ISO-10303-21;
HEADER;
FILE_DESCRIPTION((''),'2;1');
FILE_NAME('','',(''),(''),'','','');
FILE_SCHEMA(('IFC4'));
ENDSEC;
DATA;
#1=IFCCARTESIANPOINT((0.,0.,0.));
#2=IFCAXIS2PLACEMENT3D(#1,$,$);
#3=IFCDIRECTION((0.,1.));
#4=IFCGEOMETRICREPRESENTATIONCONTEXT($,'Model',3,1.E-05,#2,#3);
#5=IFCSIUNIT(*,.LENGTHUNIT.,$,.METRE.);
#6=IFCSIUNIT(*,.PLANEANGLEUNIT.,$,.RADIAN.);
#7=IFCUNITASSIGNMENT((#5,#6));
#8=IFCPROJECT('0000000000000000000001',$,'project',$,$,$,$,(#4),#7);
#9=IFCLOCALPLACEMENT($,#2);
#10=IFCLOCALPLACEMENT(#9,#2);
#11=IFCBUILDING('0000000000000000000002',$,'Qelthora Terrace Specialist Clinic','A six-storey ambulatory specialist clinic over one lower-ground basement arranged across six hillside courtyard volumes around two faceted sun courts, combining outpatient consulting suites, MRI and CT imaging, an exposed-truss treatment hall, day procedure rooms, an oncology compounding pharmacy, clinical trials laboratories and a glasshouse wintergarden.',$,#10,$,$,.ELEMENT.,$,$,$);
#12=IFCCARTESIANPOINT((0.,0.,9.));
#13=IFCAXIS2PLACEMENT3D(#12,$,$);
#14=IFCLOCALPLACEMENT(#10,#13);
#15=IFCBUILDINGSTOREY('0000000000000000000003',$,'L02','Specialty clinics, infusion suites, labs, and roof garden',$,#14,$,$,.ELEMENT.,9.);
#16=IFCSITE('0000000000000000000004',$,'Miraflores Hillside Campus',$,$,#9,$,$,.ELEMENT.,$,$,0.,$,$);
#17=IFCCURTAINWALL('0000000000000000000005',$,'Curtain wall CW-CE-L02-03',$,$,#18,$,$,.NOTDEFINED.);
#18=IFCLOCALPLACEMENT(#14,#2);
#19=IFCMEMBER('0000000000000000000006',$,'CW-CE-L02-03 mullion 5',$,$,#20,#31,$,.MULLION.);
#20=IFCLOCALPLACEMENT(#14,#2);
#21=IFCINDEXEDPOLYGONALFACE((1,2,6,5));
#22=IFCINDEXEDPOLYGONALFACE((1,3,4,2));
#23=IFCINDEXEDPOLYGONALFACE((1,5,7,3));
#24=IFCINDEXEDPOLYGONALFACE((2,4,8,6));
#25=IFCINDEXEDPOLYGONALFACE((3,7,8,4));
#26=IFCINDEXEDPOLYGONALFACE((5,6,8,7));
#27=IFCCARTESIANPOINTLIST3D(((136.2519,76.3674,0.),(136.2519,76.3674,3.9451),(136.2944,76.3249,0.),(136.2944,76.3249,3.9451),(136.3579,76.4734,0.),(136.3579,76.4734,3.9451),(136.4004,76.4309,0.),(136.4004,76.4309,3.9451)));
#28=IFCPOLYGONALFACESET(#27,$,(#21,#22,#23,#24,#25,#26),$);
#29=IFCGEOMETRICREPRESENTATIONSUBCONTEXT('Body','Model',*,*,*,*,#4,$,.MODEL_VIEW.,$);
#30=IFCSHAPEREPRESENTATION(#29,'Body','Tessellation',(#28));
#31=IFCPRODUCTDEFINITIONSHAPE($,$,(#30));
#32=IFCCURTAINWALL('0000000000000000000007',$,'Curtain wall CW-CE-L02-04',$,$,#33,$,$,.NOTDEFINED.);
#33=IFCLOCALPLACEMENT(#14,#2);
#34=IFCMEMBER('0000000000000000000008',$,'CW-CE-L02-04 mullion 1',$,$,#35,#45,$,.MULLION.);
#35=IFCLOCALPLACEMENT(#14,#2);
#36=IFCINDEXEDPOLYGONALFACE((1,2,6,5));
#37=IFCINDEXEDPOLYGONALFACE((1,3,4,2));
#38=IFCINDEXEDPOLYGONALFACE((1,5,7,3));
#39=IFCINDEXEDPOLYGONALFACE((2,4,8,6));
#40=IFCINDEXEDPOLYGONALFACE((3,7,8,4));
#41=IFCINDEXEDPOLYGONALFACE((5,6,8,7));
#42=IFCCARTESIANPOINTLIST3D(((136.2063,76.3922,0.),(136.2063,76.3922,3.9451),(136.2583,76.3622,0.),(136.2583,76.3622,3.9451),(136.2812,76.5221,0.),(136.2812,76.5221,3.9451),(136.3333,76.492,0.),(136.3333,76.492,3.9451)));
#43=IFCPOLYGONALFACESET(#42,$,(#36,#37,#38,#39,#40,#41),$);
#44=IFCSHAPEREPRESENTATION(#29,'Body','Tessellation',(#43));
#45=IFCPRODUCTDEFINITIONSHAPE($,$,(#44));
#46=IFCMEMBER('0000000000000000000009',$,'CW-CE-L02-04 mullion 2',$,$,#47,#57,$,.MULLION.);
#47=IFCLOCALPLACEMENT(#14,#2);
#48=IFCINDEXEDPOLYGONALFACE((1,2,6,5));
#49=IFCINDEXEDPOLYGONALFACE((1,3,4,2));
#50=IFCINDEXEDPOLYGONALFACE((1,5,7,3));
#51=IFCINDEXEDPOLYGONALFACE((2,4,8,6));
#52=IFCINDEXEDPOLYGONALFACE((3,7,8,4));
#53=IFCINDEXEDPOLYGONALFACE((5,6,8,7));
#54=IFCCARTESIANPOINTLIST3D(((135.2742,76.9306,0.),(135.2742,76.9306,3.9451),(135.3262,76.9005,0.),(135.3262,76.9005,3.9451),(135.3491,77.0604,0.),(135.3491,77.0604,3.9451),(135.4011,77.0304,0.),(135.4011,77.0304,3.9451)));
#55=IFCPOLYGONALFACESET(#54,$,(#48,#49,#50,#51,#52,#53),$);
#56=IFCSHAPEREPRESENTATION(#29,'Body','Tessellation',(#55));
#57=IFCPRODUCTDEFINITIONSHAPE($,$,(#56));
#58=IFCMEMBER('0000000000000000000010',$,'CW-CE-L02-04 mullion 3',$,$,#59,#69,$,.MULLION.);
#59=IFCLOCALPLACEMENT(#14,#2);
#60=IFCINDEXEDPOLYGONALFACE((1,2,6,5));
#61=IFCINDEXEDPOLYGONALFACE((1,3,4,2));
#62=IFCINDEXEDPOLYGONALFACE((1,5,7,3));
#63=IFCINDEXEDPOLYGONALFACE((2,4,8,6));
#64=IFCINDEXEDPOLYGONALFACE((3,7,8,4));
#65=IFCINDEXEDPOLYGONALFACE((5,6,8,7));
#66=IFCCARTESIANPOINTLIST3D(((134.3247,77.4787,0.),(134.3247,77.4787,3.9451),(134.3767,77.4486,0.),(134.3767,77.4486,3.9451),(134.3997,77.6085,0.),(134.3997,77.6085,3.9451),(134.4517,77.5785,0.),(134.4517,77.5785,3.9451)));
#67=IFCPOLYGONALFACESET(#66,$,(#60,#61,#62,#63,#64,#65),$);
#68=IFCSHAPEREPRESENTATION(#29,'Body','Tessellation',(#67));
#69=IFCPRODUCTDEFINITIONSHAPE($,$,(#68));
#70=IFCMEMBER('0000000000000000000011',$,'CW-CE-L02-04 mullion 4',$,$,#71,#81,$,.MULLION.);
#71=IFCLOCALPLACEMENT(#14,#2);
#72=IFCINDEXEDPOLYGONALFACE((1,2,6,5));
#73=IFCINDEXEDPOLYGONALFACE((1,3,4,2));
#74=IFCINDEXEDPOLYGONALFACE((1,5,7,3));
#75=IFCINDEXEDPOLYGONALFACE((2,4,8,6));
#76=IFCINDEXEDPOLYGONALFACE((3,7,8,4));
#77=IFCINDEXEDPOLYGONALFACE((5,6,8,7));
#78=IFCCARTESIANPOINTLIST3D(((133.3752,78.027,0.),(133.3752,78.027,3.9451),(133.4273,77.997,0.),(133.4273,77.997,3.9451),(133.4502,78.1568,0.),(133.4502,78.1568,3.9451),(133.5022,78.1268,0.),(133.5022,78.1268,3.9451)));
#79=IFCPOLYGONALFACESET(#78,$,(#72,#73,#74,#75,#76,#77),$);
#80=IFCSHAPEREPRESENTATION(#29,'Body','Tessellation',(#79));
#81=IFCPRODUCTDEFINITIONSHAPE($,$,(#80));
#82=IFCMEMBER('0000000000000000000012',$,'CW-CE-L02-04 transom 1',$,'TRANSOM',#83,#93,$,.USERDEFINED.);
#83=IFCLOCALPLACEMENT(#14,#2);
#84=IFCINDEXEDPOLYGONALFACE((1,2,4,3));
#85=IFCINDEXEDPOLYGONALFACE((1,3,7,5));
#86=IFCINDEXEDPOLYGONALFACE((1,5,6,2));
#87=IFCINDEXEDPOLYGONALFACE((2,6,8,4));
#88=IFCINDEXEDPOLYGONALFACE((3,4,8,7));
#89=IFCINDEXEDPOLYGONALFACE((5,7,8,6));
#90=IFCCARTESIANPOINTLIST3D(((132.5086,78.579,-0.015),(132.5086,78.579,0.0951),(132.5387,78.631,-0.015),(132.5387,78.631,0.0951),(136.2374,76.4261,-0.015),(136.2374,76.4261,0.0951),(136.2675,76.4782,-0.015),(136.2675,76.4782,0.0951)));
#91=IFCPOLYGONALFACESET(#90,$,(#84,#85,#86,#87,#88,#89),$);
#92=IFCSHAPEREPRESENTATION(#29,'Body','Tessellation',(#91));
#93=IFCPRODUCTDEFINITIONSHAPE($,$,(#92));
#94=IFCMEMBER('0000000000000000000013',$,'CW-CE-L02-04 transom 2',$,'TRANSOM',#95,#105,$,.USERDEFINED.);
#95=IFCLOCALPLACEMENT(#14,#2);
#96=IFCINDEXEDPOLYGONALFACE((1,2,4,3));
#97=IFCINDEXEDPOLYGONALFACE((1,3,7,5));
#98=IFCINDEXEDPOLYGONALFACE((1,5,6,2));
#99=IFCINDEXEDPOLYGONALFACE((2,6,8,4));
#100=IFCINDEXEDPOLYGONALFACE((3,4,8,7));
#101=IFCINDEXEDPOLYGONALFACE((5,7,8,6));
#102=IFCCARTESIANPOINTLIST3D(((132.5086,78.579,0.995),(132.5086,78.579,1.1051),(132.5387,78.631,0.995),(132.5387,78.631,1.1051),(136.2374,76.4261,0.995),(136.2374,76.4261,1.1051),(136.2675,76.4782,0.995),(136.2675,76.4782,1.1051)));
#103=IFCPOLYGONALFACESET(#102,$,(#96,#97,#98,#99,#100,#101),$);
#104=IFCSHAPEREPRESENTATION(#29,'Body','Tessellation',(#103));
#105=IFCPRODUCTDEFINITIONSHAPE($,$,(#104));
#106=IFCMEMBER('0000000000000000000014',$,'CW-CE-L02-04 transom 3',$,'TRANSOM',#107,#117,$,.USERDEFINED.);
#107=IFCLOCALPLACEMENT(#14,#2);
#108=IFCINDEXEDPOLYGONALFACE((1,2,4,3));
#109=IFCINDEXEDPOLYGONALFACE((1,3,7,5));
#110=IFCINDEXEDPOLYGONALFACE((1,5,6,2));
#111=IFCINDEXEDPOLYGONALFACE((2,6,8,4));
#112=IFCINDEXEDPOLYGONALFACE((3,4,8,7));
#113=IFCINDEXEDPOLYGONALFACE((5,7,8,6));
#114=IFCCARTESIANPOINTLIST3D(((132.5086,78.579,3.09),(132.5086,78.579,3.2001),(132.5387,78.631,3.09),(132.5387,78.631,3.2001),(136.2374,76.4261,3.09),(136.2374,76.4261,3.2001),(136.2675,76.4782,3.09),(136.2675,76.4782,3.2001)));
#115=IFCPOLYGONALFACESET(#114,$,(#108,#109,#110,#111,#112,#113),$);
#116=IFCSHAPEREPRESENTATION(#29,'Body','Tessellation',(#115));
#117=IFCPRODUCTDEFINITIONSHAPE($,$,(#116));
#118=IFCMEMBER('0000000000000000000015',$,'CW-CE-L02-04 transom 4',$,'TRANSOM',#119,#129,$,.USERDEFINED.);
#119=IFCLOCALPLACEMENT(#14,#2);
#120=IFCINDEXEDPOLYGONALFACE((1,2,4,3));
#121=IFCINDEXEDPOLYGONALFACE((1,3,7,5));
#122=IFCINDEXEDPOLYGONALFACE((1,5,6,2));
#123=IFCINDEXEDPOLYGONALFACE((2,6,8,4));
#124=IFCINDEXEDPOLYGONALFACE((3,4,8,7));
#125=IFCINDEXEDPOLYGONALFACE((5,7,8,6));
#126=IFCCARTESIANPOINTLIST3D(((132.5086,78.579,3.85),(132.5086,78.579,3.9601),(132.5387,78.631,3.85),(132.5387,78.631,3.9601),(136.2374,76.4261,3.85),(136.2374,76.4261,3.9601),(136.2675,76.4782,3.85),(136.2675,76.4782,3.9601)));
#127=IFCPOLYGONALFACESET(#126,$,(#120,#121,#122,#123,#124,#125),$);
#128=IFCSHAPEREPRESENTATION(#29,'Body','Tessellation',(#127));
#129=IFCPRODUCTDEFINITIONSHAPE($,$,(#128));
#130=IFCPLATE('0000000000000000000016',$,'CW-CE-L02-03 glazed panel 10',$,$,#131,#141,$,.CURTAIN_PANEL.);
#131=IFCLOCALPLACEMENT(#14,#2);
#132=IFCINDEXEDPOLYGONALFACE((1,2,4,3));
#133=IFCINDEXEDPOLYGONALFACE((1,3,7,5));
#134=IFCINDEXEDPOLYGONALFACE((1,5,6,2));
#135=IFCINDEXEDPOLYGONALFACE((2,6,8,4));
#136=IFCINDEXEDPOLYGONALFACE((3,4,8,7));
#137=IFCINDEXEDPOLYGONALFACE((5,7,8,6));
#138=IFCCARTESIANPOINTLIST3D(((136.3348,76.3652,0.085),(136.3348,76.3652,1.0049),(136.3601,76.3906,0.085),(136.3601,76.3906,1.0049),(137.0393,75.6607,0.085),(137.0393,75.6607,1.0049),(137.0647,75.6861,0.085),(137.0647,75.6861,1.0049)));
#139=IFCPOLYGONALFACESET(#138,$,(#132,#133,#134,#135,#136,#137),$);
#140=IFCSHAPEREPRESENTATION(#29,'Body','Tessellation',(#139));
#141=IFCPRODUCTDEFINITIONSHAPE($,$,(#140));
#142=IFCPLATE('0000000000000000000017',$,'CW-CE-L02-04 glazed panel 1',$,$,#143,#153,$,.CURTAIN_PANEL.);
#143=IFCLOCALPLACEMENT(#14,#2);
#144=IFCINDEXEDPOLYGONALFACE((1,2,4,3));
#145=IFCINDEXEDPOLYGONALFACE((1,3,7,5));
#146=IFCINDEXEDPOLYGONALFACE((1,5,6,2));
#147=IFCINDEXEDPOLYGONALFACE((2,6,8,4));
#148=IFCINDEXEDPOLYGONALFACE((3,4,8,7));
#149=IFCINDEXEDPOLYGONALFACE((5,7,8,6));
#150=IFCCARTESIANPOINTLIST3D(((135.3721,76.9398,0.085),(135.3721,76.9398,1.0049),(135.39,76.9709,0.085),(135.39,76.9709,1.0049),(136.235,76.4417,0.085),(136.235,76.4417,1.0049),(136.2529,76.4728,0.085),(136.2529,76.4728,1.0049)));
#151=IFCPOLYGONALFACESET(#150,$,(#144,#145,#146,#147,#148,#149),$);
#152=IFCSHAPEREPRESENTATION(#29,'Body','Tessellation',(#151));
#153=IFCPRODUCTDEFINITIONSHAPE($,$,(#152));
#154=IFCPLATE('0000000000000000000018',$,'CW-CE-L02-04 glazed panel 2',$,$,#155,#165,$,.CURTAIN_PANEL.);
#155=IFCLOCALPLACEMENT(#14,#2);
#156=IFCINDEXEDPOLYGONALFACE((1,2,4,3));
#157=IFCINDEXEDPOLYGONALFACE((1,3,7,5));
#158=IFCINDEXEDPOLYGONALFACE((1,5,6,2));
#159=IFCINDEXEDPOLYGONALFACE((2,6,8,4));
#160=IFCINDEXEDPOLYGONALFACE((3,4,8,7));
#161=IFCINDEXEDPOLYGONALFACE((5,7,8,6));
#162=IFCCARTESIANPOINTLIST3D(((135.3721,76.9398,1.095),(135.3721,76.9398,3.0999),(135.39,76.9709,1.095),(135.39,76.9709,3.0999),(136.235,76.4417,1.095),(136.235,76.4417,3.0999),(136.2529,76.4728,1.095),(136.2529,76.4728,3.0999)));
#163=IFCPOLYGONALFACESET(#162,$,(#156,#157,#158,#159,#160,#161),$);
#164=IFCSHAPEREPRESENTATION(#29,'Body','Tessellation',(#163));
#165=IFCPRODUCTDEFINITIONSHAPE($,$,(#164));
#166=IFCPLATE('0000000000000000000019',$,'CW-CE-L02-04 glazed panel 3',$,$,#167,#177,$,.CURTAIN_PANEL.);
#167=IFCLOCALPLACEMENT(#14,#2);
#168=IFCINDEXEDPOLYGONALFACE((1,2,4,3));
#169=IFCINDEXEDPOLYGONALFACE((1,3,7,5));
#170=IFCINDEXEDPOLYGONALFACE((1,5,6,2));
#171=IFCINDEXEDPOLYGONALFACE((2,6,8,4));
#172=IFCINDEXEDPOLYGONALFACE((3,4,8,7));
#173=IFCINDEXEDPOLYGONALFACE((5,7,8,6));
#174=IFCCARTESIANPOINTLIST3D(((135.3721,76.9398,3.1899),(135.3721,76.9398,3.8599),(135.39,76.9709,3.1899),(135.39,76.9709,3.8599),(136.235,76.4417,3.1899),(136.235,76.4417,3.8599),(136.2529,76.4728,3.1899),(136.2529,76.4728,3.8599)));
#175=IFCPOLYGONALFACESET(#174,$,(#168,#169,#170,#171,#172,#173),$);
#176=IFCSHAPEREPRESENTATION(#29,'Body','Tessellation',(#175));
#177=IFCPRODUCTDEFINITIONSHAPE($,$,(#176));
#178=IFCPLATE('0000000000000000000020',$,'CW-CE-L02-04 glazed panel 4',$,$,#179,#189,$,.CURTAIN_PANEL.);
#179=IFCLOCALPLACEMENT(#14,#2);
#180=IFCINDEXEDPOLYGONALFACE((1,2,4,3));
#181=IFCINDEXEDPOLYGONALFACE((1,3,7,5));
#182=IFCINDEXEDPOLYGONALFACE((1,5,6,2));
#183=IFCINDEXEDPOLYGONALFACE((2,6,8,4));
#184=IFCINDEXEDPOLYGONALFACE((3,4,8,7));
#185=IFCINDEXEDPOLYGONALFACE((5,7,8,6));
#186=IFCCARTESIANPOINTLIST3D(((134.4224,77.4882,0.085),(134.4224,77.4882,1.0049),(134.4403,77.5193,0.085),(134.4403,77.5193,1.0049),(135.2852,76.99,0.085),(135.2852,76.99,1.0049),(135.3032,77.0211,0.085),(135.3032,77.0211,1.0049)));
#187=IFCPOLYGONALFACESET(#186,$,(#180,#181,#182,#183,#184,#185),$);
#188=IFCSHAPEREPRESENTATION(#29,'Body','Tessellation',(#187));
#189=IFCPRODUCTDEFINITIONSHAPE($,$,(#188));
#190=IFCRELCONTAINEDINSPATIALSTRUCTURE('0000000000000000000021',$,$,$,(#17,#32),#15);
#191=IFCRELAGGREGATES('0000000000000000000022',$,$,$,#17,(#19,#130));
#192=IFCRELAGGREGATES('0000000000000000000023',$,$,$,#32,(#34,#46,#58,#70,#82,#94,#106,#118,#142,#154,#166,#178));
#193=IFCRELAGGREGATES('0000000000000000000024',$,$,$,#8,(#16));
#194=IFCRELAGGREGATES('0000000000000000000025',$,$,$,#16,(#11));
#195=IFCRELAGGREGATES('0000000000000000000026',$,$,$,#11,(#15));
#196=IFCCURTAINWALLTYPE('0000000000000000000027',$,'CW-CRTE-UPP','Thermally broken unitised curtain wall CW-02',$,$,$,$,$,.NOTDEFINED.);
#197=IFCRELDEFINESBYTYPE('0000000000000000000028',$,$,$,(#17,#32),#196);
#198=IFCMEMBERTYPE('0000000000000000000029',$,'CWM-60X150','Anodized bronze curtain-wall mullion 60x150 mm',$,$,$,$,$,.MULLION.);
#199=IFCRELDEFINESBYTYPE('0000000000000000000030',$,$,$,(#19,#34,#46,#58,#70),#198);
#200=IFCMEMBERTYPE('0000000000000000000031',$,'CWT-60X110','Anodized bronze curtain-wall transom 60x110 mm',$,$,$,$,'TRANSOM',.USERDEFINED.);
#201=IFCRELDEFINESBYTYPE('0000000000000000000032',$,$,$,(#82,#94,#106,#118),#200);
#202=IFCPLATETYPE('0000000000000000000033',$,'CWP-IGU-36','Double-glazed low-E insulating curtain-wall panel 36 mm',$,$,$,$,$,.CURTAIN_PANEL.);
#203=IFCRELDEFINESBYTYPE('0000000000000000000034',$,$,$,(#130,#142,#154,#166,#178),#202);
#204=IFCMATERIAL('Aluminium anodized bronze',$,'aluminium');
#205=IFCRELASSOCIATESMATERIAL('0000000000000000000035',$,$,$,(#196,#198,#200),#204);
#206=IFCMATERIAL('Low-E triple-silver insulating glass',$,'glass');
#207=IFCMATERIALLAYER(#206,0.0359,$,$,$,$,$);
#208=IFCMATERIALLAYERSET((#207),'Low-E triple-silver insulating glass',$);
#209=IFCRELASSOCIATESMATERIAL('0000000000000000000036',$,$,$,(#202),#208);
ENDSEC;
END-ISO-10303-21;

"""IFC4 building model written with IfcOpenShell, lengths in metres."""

from ifc_helpers import new_model, si_unit, direction, frame, origin, origin_2d, place, context, subcontext, project, spatial, rectangle, extrude, material, layer, layer_set, material_profile, profile_set, type_object, element, aggregate, save


model = new_model("IFC4")

# Units and contexts
model_context = context("Model", 3, precision=1e-05, world=origin(), true_north=direction((0.0, 1.0)))
body_context = subcontext(model_context, "Body", "Model", "MODEL_VIEW")
ifc_project = project(units=[si_unit("LENGTHUNIT", "METRE"), si_unit("PLANEANGLEUNIT", "RADIAN")], contexts=[model_context])

# Site, building, storey
site_placement = place(None, origin())
site = spatial("IfcSite", under=ifc_project, at=site_placement, Name="Miraflores Hillside Campus", CompositionType="ELEMENT", RefElevation=0.0)
building_placement = place(site_placement, origin())
building = spatial("IfcBuilding", under=site, at=building_placement, Name="Qelthora Terrace Specialist Clinic", Description="A six-storey ambulatory specialist clinic over one lower-ground basement arranged across six hillside courtyard volumes around two faceted sun courts, combining outpatient consulting suites, MRI and CT imaging, an exposed-truss treatment hall, day procedure rooms, an oncology compounding pharmacy, clinical trials laboratories and a glasshouse wintergarden.", CompositionType="ELEMENT")
storey_placement = place(building_placement, frame((0.0, 0.0, 9.0)))
storey = spatial("IfcBuildingStorey", under=building, at=storey_placement, Name="L02", Description="Specialty clinics, infusion suites, labs, and roof garden", CompositionType="ELEMENT", Elevation=9.0)

# Curtain wall, member
ifc_material_1 = material(Name="Aluminium anodized bronze", Category="aluminium")
curtain_wall_type = type_object("IfcCurtainWallType", Name="CW-CRTE-UPP", Description="Thermally broken unitised curtain wall CW-02", PredefinedType="NOTDEFINED", material=ifc_material_1)
curtain_wall_1_placement = place(storey_placement, origin())
curtain_wall_1 = element("IfcCurtainWall", 1, at=curtain_wall_1_placement, inside=storey, type_object=curtain_wall_type, Name="Curtain wall CW-CE-L02-03", PredefinedType="NOTDEFINED")
ifc_material_profile_1 = material_profile(ifc_material_1, rectangle(XDim=0.0601, YDim=0.1499, at=origin_2d()), Name="CWM60X150")
ifc_profile_set_1 = profile_set([ifc_material_profile_1], Name="Aluminium anodized bronze")
member_type_1 = type_object("IfcMemberType", Name="CWM-60X150", Description="Anodized bronze curtain-wall mullion 60x150 mm", PredefinedType="MULLION", material=ifc_profile_set_1)
member_1_placement = place(storey_placement, frame((136.3262, 76.3992, 0.0), z_axis=(0.0, 0.0, 1.0), x_axis=(-0.707107, 0.707107, 0.0)))
member_1 = element("IfcMember", 2, at=member_1_placement, type_object=member_type_1, Name="CW-CE-L02-03 mullion 5", PredefinedType="MULLION", context=body_context, shape_type="SweptSolid", body=[
    extrude(rectangle(XDim=0.0601, YDim=0.1499, at=origin_2d()), origin(), (0.0, 0.0, 1.0), 3.9451),
])

# Curtain wall, members
curtain_wall_2_placement = place(storey_placement, origin())
curtain_wall_2 = element("IfcCurtainWall", 3, at=curtain_wall_2_placement, inside=storey, type_object=curtain_wall_type, Name="Curtain wall CW-CE-L02-04", PredefinedType="NOTDEFINED")
member_2_placement = place(storey_placement, frame((136.2698, 76.4421, 0.0), z_axis=(0.0, 0.0, 1.0), x_axis=(-0.866025, 0.5, 0.0)))
member_2 = element("IfcMember", 4, at=member_2_placement, type_object=member_type_1, Name="CW-CE-L02-04 mullion 1", PredefinedType="MULLION", context=body_context, shape_type="SweptSolid", body=[
    extrude(rectangle(XDim=0.0601, YDim=0.1499, at=origin_2d()), origin(), (0.0, 0.0, 1.0), 3.9451),
])
member_3_placement = place(storey_placement, frame((135.3376, 76.9805, 0.0), z_axis=(0.0, 0.0, 1.0), x_axis=(-0.866025, 0.5, 0.0)))
member_3 = element("IfcMember", 5, at=member_3_placement, type_object=member_type_1, Name="CW-CE-L02-04 mullion 2", PredefinedType="MULLION", context=body_context, shape_type="SweptSolid", body=[
    extrude(rectangle(XDim=0.0601, YDim=0.1499, at=origin_2d()), origin(), (0.0, 0.0, 1.0), 3.9451),
])
member_4_placement = place(storey_placement, frame((134.3882, 77.5286, 0.0), z_axis=(0.0, 0.0, 1.0), x_axis=(-0.866025, 0.5, 0.0)))
member_4 = element("IfcMember", 6, at=member_4_placement, type_object=member_type_1, Name="CW-CE-L02-04 mullion 3", PredefinedType="MULLION", context=body_context, shape_type="SweptSolid", body=[
    extrude(rectangle(XDim=0.0601, YDim=0.1499, at=origin_2d()), origin(), (0.0, 0.0, 1.0), 3.9451),
])
member_5_placement = place(storey_placement, frame((133.4387, 78.0769, 0.0), z_axis=(0.0, 0.0, 1.0), x_axis=(-0.866025, 0.5, 0.0)))
member_5 = element("IfcMember", 7, at=member_5_placement, type_object=member_type_1, Name="CW-CE-L02-04 mullion 4", PredefinedType="MULLION", context=body_context, shape_type="SweptSolid", body=[
    extrude(rectangle(XDim=0.0601, YDim=0.1499, at=origin_2d()), origin(), (0.0, 0.0, 1.0), 3.9451),
])
ifc_material_profile_2 = material_profile(ifc_material_1, rectangle(XDim=0.0601, YDim=0.1101, at=origin_2d()), Name="CWT60X110")
ifc_profile_set_2 = profile_set([ifc_material_profile_2], Name="Aluminium anodized bronze")
member_type_2 = type_object("IfcMemberType", Name="CWT-60X110", Description="Anodized bronze curtain-wall transom 60x110 mm", ElementType="TRANSOM", PredefinedType="USERDEFINED", material=ifc_profile_set_2)
member_6_placement = place(storey_placement, frame((136.2524, 76.4521, 0.04), z_axis=(-0.866022, 0.500006, 0.0), x_axis=(-0.500006, -0.866022, 0.0)))
member_6 = element("IfcMember", 8, at=member_6_placement, type_object=member_type_2, Name="CW-CE-L02-04 transom 1", ObjectType="TRANSOM", PredefinedType="USERDEFINED", context=body_context, shape_type="SweptSolid", body=[
    extrude(rectangle(XDim=0.0601, YDim=0.1101, at=origin_2d()), origin(), (0.0, 0.0, 1.0), 4.3057),
])
member_7_placement = place(storey_placement, frame((136.2524, 76.4521, 1.05), z_axis=(-0.866022, 0.500006, 0.0), x_axis=(-0.500006, -0.866022, 0.0)))
member_7 = element("IfcMember", 9, at=member_7_placement, type_object=member_type_2, Name="CW-CE-L02-04 transom 2", ObjectType="TRANSOM", PredefinedType="USERDEFINED", context=body_context, shape_type="SweptSolid", body=[
    extrude(rectangle(XDim=0.0601, YDim=0.1101, at=origin_2d()), origin(), (0.0, 0.0, 1.0), 4.3057),
])
member_8_placement = place(storey_placement, frame((136.2524, 76.4521, 3.145), z_axis=(-0.866022, 0.500006, 0.0), x_axis=(-0.500006, -0.866022, 0.0)))
member_8 = element("IfcMember", 10, at=member_8_placement, type_object=member_type_2, Name="CW-CE-L02-04 transom 3", ObjectType="TRANSOM", PredefinedType="USERDEFINED", context=body_context, shape_type="SweptSolid", body=[
    extrude(rectangle(XDim=0.0601, YDim=0.1101, at=origin_2d()), origin(), (0.0, 0.0, 1.0), 4.3057),
])
member_9_placement = place(storey_placement, frame((136.2524, 76.4521, 3.905), z_axis=(-0.866022, 0.500006, 0.0), x_axis=(-0.500006, -0.866022, 0.0)))
member_9 = element("IfcMember", 11, at=member_9_placement, type_object=member_type_2, Name="CW-CE-L02-04 transom 4", ObjectType="TRANSOM", PredefinedType="USERDEFINED", context=body_context, shape_type="SweptSolid", body=[
    extrude(rectangle(XDim=0.0601, YDim=0.1101, at=origin_2d()), origin(), (0.0, 0.0, 1.0), 4.3057),
])

# Plates
ifc_material_2 = material(Name="Low-E triple-silver insulating glass", Category="glass")
ifc_layer = layer(ifc_material_2, 0.0359)
ifc_layer_set = layer_set([ifc_layer], Name="Low-E triple-silver insulating glass")
plate_type = type_object("IfcPlateType", Name="CWP-IGU-36", Description="Double-glazed low-E insulating curtain-wall panel 36 mm", PredefinedType="CURTAIN_PANEL", material=ifc_layer_set)
plate_1_placement = place(storey_placement, frame((136.6997, 76.0256, 0.085), z_axis=(0.0, 0.0, 1.0), x_axis=(-0.707107, 0.707107, 0.0)))
plate_1 = element("IfcPlate", 12, at=plate_1_placement, type_object=plate_type, Name="CW-CE-L02-03 glazed panel 10", PredefinedType="CURTAIN_PANEL", context=body_context, shape_type="SweptSolid", body=[
    extrude(rectangle(XDim=0.9963, YDim=0.0359, at=origin_2d()), origin(), (0.0, 0.0, 1.0), 0.9199),
])
aggregate(curtain_wall_1, [member_1, plate_1])
plate_2_placement = place(storey_placement, frame((135.8125, 76.7063, 0.085), z_axis=(0.0, 0.0, 1.0), x_axis=(-0.866025, 0.5, 0.0)))
plate_2 = element("IfcPlate", 13, at=plate_2_placement, type_object=plate_type, Name="CW-CE-L02-04 glazed panel 1", PredefinedType="CURTAIN_PANEL", context=body_context, shape_type="SweptSolid", body=[
    extrude(rectangle(XDim=0.9963, YDim=0.0359, at=origin_2d()), origin(), (0.0, 0.0, 1.0), 0.9199),
])
plate_3_placement = place(storey_placement, frame((135.8125, 76.7063, 1.095), z_axis=(0.0, 0.0, 1.0), x_axis=(-0.866025, 0.5, 0.0)))
plate_3 = element("IfcPlate", 14, at=plate_3_placement, type_object=plate_type, Name="CW-CE-L02-04 glazed panel 2", PredefinedType="CURTAIN_PANEL", context=body_context, shape_type="SweptSolid", body=[
    extrude(rectangle(XDim=0.9963, YDim=0.0359, at=origin_2d()), origin(), (0.0, 0.0, 1.0), 2.0049),
])
plate_4_placement = place(storey_placement, frame((135.8125, 76.7063, 3.1899), z_axis=(0.0, 0.0, 1.0), x_axis=(-0.866025, 0.5, 0.0)))
plate_4 = element("IfcPlate", 15, at=plate_4_placement, type_object=plate_type, Name="CW-CE-L02-04 glazed panel 3", PredefinedType="CURTAIN_PANEL", context=body_context, shape_type="SweptSolid", body=[
    extrude(rectangle(XDim=0.9963, YDim=0.0359, at=origin_2d()), origin(), (0.0, 0.0, 1.0), 0.6699),
])
plate_5_placement = place(storey_placement, frame((134.8628, 77.2546, 0.085), z_axis=(0.0, 0.0, 1.0), x_axis=(-0.866025, 0.5, 0.0)))
plate_5 = element("IfcPlate", 16, at=plate_5_placement, type_object=plate_type, Name="CW-CE-L02-04 glazed panel 4", PredefinedType="CURTAIN_PANEL", context=body_context, shape_type="SweptSolid", body=[
    extrude(rectangle(XDim=0.9963, YDim=0.0359, at=origin_2d()), origin(), (0.0, 0.0, 1.0), 0.9199),
])
aggregate(curtain_wall_2, [member_2, member_3, member_4, member_5, member_6, member_7, member_8, member_9, plate_2, plate_3, plate_4, plate_5])

save(model, "model.ifc")
